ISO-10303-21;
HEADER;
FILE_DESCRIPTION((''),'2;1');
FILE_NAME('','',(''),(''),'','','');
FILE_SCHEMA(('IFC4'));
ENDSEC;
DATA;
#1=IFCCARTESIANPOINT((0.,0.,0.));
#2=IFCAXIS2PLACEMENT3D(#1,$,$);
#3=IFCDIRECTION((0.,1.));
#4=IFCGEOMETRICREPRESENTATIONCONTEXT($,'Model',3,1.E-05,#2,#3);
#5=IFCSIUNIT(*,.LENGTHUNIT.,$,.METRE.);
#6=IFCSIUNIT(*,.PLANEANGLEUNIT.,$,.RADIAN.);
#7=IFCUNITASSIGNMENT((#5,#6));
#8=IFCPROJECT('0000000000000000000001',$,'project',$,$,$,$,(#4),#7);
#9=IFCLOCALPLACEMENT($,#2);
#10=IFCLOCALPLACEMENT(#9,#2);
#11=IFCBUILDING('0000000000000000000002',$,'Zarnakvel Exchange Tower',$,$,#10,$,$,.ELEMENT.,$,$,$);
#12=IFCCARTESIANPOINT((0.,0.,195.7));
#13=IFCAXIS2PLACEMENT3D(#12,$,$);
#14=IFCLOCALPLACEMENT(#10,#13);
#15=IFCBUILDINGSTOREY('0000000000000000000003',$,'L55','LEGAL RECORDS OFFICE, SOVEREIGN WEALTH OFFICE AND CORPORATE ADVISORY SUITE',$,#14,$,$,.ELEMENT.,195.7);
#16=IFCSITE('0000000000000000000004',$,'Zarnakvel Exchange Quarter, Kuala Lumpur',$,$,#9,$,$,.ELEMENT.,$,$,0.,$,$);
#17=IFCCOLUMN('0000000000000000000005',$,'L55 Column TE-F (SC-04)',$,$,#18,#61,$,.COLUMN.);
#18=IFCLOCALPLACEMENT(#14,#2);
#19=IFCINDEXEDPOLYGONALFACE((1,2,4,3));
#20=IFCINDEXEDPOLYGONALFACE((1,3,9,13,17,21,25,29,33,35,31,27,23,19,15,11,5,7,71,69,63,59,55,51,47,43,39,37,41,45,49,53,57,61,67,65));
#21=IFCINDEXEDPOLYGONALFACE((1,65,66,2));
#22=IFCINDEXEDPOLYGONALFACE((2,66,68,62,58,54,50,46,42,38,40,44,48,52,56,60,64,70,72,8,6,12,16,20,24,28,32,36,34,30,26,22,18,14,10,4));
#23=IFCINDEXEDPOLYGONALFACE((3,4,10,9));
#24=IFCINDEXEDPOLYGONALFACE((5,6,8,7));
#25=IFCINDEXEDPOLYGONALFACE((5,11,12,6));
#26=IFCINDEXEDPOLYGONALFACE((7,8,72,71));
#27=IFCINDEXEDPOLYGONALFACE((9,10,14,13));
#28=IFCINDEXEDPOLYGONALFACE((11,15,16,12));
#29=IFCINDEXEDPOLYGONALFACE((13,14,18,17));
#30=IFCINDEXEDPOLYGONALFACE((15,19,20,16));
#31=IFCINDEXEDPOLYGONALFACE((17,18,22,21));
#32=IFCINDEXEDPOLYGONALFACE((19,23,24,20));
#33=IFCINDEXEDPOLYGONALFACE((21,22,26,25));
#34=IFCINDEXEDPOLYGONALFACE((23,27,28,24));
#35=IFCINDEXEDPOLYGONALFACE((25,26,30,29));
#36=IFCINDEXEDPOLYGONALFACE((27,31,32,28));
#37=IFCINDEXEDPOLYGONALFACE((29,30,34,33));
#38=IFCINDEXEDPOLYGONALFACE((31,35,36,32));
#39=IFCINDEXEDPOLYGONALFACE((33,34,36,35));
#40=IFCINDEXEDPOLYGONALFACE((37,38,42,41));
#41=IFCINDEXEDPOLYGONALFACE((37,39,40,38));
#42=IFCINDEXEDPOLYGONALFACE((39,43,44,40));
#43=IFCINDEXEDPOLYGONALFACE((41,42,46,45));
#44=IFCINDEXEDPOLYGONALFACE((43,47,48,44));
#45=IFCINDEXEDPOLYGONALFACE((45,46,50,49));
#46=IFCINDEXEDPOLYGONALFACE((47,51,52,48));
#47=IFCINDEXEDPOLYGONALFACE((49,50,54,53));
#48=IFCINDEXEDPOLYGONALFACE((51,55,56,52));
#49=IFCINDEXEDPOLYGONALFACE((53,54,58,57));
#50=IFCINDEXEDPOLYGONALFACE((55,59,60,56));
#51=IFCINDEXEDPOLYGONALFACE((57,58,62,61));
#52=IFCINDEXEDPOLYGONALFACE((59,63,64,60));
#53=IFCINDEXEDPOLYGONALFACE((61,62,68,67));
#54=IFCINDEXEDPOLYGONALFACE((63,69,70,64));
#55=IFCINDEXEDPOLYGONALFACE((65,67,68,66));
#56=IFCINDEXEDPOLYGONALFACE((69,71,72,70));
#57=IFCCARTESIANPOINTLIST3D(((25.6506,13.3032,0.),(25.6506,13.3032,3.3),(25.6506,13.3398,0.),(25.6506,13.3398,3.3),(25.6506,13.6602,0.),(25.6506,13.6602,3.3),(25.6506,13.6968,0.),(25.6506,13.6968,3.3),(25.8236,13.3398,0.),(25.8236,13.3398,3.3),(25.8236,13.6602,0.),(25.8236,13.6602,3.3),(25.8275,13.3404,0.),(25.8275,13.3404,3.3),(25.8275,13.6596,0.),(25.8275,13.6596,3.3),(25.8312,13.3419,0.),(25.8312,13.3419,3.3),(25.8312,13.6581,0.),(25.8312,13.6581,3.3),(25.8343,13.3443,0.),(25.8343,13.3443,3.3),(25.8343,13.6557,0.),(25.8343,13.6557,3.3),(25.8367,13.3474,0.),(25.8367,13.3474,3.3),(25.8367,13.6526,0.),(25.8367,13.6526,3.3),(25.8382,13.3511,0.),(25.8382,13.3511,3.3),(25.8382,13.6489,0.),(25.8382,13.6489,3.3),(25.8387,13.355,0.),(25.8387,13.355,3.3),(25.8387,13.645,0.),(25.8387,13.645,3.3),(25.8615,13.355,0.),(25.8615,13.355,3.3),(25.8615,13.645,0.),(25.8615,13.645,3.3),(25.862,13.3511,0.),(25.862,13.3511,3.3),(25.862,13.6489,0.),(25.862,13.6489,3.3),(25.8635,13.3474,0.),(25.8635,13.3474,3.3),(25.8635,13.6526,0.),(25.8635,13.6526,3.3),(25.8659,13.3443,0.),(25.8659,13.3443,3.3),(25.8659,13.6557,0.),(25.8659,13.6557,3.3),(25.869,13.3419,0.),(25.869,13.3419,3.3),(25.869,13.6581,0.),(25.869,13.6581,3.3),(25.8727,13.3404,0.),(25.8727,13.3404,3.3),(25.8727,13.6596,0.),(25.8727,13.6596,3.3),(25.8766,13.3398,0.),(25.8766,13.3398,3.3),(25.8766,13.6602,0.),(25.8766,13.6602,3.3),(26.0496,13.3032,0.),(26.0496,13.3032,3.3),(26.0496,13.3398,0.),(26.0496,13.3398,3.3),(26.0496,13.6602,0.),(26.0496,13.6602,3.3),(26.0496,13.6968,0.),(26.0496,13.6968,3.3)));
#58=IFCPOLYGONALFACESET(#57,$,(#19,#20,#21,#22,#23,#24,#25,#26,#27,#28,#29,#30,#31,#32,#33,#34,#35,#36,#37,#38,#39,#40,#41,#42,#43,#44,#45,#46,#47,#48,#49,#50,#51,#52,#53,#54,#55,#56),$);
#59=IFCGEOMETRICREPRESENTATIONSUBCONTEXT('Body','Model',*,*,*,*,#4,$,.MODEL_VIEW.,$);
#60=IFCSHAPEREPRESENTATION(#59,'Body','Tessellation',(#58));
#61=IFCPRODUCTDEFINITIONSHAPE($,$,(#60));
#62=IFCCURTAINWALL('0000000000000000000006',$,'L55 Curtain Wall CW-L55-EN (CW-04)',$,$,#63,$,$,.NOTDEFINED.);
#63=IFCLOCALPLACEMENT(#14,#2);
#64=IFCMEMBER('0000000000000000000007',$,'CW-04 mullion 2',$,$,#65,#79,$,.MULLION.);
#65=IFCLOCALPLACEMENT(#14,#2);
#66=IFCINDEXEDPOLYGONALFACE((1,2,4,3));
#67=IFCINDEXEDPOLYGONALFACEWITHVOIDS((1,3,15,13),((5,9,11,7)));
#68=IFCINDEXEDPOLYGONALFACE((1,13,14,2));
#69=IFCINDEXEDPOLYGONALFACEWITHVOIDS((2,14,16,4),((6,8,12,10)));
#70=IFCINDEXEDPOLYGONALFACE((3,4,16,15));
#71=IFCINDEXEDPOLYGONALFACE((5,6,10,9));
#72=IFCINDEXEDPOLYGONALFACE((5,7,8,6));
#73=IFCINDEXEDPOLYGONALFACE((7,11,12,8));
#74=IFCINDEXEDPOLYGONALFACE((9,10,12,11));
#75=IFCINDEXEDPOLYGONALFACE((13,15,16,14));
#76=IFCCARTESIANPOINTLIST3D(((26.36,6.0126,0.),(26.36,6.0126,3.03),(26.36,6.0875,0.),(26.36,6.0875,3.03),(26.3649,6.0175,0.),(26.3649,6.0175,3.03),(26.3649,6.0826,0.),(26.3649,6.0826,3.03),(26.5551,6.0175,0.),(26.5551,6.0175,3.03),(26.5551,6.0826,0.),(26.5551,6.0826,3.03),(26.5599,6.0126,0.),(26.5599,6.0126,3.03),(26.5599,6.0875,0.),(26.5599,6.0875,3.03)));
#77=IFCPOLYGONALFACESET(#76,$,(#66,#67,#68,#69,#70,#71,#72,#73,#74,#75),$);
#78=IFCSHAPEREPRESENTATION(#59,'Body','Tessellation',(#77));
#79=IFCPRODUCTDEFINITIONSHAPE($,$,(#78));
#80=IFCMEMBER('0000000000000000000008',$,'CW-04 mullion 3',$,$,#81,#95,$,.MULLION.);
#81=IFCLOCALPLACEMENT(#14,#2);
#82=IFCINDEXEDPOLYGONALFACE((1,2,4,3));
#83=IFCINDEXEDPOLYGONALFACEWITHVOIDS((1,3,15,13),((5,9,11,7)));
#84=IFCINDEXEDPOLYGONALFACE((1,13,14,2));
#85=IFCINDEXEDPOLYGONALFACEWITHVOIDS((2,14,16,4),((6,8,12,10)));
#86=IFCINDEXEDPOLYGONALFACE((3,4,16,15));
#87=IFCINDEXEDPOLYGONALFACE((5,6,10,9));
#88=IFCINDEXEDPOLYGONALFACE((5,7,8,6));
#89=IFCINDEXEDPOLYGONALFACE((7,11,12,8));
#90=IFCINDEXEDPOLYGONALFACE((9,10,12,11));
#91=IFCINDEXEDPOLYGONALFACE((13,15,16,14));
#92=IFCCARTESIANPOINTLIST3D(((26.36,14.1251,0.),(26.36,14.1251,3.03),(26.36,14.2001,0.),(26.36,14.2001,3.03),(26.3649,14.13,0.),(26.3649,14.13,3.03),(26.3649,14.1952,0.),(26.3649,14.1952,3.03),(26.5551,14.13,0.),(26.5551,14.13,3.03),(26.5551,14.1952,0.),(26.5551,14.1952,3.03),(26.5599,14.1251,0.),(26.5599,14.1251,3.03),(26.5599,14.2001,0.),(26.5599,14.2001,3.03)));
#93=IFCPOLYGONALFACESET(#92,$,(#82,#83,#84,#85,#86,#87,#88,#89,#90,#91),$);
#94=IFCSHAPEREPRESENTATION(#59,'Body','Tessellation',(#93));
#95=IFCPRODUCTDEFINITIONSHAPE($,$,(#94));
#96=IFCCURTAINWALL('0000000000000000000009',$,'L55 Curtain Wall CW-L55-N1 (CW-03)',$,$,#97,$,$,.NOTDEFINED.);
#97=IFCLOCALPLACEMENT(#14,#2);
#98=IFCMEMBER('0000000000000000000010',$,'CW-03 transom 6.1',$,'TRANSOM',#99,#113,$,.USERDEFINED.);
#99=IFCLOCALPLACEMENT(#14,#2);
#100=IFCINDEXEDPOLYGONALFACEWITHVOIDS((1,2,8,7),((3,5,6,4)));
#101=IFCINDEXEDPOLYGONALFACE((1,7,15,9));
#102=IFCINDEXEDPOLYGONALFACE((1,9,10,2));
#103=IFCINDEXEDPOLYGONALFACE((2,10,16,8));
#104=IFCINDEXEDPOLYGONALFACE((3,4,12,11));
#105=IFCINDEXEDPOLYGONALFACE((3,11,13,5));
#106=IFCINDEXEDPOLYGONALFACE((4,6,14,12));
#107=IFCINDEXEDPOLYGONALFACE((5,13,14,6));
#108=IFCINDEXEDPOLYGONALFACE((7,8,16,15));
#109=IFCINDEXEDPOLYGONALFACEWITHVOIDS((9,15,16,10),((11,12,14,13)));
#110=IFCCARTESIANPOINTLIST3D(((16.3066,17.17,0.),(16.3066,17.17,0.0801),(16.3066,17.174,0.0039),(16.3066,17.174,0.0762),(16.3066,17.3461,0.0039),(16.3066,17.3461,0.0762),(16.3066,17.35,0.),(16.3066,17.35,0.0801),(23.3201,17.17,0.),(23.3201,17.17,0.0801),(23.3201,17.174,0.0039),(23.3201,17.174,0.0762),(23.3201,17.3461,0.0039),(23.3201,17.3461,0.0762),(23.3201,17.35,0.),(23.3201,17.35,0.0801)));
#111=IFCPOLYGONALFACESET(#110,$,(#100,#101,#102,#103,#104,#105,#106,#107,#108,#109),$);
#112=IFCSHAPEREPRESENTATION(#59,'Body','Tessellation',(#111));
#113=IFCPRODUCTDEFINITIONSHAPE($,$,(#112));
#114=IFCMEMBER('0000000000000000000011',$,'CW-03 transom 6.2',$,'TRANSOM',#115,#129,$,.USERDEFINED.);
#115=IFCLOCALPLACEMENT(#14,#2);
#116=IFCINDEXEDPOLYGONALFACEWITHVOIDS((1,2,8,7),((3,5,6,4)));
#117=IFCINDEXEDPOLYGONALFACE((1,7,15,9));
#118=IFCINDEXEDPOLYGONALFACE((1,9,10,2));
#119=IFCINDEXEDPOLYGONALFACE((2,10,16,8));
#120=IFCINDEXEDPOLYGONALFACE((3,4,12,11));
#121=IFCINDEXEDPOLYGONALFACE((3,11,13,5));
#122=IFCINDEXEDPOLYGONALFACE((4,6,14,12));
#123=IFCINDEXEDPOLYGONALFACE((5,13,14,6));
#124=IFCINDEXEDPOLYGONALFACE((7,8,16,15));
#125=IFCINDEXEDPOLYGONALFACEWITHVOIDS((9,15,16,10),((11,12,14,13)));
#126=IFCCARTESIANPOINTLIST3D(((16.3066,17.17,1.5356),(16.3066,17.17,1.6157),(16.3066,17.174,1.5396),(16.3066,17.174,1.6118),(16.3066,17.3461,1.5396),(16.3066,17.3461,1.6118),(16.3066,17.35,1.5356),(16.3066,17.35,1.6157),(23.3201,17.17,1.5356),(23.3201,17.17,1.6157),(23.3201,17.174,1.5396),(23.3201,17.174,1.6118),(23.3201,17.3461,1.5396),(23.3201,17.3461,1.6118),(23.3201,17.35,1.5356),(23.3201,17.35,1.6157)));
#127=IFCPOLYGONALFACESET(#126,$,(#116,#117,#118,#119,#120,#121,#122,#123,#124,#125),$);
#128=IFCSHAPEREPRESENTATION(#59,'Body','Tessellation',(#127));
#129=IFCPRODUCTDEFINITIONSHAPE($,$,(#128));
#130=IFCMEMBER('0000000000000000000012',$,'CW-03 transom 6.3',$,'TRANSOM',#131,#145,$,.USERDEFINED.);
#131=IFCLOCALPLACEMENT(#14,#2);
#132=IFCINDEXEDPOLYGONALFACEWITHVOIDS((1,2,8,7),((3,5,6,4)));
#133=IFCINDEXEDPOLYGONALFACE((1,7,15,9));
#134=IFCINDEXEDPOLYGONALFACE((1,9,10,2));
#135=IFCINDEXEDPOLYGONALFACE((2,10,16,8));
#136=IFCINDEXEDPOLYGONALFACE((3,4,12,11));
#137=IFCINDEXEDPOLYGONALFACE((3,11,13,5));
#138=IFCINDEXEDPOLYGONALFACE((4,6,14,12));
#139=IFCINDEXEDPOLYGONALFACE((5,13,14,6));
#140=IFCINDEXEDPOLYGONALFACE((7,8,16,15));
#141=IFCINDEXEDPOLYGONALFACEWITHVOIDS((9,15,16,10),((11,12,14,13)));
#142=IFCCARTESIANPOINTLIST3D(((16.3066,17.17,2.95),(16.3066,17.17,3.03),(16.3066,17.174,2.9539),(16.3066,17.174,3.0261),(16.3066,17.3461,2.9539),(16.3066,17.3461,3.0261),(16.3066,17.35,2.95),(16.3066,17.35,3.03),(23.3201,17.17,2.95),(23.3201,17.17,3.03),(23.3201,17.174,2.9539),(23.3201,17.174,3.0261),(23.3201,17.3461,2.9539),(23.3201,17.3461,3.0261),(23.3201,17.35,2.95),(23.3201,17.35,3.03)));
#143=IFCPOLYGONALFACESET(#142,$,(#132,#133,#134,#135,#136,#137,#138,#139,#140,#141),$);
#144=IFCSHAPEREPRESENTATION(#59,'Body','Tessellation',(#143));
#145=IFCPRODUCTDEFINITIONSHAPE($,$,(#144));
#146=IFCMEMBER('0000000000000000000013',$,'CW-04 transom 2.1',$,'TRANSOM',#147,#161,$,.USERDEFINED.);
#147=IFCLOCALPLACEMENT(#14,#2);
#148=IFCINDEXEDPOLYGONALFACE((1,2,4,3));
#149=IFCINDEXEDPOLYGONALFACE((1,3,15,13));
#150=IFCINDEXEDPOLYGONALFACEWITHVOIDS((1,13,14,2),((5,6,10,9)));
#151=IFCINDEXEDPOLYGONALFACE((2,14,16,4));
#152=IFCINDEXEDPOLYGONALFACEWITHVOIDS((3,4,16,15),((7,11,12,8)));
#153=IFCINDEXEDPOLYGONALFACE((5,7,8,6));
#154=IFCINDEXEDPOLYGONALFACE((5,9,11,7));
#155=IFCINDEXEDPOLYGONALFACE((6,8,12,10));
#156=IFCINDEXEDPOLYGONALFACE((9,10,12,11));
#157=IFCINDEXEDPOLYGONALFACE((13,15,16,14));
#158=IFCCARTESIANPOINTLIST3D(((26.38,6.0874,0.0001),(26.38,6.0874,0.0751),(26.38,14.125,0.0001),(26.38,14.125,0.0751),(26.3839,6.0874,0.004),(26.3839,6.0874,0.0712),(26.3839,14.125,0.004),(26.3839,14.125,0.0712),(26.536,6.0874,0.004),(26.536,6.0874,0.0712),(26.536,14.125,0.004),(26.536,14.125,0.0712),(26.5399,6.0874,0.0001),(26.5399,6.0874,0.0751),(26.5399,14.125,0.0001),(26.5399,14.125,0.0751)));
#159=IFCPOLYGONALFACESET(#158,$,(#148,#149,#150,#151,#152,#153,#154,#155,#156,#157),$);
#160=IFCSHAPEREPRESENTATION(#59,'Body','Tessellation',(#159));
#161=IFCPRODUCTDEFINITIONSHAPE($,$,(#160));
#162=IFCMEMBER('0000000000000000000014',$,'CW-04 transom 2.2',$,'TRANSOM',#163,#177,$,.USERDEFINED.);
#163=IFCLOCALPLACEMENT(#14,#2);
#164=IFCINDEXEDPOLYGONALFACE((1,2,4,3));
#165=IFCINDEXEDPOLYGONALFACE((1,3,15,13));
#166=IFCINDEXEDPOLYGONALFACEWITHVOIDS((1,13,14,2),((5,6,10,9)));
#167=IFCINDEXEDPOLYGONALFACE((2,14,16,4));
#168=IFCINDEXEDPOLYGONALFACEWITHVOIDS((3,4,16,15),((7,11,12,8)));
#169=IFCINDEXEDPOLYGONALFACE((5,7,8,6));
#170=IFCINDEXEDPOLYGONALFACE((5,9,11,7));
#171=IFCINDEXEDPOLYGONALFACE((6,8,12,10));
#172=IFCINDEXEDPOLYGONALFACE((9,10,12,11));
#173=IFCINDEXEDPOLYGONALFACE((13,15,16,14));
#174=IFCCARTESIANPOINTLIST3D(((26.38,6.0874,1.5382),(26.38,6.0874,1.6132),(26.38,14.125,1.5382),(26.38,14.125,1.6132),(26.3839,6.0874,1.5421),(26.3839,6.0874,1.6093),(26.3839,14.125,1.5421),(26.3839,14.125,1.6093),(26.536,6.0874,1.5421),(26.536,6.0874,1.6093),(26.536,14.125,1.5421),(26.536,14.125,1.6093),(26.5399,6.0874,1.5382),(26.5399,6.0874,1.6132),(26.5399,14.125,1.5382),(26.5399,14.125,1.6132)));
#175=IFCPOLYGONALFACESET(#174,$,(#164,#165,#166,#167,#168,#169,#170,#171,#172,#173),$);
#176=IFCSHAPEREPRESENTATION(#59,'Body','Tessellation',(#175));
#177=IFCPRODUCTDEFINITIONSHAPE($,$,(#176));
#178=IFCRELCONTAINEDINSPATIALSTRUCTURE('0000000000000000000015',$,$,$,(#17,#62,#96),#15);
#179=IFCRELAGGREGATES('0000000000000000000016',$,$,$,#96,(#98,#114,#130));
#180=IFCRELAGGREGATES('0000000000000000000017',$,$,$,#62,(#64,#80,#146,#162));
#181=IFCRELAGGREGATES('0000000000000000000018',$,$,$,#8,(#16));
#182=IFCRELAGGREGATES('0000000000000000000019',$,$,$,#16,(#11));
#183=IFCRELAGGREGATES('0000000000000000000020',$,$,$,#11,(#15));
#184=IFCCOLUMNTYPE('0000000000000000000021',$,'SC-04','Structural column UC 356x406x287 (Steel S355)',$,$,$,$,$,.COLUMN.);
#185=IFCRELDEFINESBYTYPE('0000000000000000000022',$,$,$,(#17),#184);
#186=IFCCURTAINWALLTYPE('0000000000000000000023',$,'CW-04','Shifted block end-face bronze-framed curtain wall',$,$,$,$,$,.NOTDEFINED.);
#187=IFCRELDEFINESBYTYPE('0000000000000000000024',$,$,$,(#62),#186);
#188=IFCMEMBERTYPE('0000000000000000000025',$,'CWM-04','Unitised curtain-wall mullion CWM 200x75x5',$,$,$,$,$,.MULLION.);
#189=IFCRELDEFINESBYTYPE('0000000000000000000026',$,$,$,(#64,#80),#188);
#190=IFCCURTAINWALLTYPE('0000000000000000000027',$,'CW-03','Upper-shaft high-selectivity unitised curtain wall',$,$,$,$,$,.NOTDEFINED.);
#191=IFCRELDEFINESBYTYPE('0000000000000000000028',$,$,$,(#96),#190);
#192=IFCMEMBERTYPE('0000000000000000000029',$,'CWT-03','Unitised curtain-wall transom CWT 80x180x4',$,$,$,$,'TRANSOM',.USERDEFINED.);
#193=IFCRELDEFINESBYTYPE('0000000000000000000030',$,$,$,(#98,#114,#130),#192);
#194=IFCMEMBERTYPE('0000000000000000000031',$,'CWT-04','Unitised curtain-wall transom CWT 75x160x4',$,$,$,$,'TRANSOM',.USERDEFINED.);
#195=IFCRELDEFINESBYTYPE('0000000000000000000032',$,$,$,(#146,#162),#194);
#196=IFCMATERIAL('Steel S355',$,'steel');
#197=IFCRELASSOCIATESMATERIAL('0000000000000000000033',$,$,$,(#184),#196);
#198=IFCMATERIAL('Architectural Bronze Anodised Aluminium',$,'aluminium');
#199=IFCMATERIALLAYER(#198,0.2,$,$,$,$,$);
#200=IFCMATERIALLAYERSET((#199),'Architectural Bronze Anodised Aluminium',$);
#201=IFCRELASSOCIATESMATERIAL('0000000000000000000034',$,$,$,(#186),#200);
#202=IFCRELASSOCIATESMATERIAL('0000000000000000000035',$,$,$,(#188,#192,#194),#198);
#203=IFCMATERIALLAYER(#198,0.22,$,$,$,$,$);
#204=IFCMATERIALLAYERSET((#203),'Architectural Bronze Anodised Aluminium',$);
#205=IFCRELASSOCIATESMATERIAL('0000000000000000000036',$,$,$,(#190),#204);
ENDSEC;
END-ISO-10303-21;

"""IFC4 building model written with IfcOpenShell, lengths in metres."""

from ifc_helpers import new_model, si_unit, direction, frame, origin, origin_2d, place, context, subcontext, project, spatial, hollow_rectangle, i_section, extrude, source, transform, mapped, material, layer, layer_set, material_profile, profile_set, type_object, element, aggregate, save


model = new_model("IFC4")

# Units and contexts
model_context = context("Model", 3, precision=1e-05, world=origin(), true_north=direction((0.0, 1.0)))
body_context = subcontext(model_context, "Body", "Model", "MODEL_VIEW")
ifc_project = project(units=[si_unit("LENGTHUNIT", "METRE"), si_unit("PLANEANGLEUNIT", "RADIAN")], contexts=[model_context])

# Site, building, storey
site_placement = place(None, origin())
site = spatial("IfcSite", under=ifc_project, at=site_placement, Name="Zarnakvel Exchange Quarter, Kuala Lumpur", CompositionType="ELEMENT", RefElevation=0.0)
building_placement = place(site_placement, origin())
building = spatial("IfcBuilding", under=site, at=building_placement, Name="Zarnakvel Exchange Tower", CompositionType="ELEMENT")
storey_placement = place(building_placement, frame((0.0, 0.0, 195.7)))
storey = spatial("IfcBuildingStorey", under=building, at=storey_placement, Name="L55", Description="LEGAL RECORDS OFFICE, SOVEREIGN WEALTH OFFICE AND CORPORATE ADVISORY SUITE", CompositionType="ELEMENT", Elevation=195.7)

# Column
ifc_material_1 = material(Name="Steel S355", Category="steel")
ifc_material_profile_1 = material_profile(ifc_material_1, i_section(OverallWidth=0.3989, OverallDepth=0.3936, WebThickness=0.0227, FlangeThickness=0.0366, FilletRadius=0.0151, at=origin_2d()))
ifc_profile_set_1 = profile_set([ifc_material_profile_1], Name="Steel S355")
column_type = type_object("IfcColumnType", Name="SC-04", Description="Structural column UC 356x406x287 (Steel S355)", PredefinedType="COLUMN", material=ifc_profile_set_1)
column_placement = place(storey_placement, frame((25.8501, 13.5, 0.0), z_axis=(0.0, 0.0, 1.0), x_axis=(1.0, 0.0, 0.0)))
element("IfcColumn", 1, at=column_placement, inside=storey, type_object=column_type, Name="L55 Column TE-F (SC-04)", PredefinedType="COLUMN", context=body_context, shape_type="SweptSolid", body=[
    extrude(i_section(OverallWidth=0.3989, OverallDepth=0.3936, WebThickness=0.0227, FlangeThickness=0.0366, FilletRadius=0.0151, at=origin_2d()), origin(), (0.0, 0.0, 1.0), 3.3),
])

# Curtain walls, members
ifc_material_2 = material(Name="Architectural Bronze Anodised Aluminium", Category="aluminium")
ifc_layer_1 = layer(ifc_material_2, 0.2)
ifc_layer_set_1 = layer_set([ifc_layer_1], Name="Architectural Bronze Anodised Aluminium")
curtain_wall_type_1 = type_object("IfcCurtainWallType", Name="CW-04", Description="Shifted block end-face bronze-framed curtain wall", PredefinedType="NOTDEFINED", material=ifc_layer_set_1)
curtain_wall_1_placement = place(storey_placement, origin())
curtain_wall_1 = element("IfcCurtainWall", 2, at=curtain_wall_1_placement, inside=storey, type_object=curtain_wall_type_1, Name="L55 Curtain Wall CW-L55-EN (CW-04)", PredefinedType="NOTDEFINED")
ifc_material_profile_2 = material_profile(ifc_material_2, hollow_rectangle(XDim=0.2, YDim=0.075, WallThickness=0.0049, at=origin_2d()))
ifc_profile_set_2 = profile_set([ifc_material_profile_2], Name="Architectural Bronze Anodised Aluminium")
member_type_1 = type_object("IfcMemberType", Name="CWM-04", Description="Unitised curtain-wall mullion CWM 200x75x5", PredefinedType="MULLION", material=ifc_profile_set_2)
shared_shape_1 = source(origin(), body_context, "Body", "SweptSolid", [
    extrude(hollow_rectangle(XDim=0.2, YDim=0.075, WallThickness=0.0049, at=origin_2d()), origin(), (0.0, 0.0, 1.0), 3.03),
])
member_1_placement = place(storey_placement, frame((26.46, 6.05, 0.0), z_axis=(0.0, 0.0, 1.0), x_axis=(-1.0, 0.0, 0.0)))
member_1 = element("IfcMember", 3, at=member_1_placement, type_object=member_type_1, Name="CW-04 mullion 2", PredefinedType="MULLION", context=body_context, shape_type="MappedRepresentation", body=[
    mapped(shared_shape_1, transform((0.0, 0.0, 0.0), x_axis=(1.0, 0.0, 0.0), y_axis=(0.0, 1.0, 0.0), z_axis=(0.0, 0.0, 1.0), scale=1.0)),
])
member_2_placement = place(storey_placement, frame((26.46, 14.1626, 0.0), z_axis=(0.0, 0.0, 1.0), x_axis=(-1.0, 0.0, 0.0)))
member_2 = element("IfcMember", 4, at=member_2_placement, type_object=member_type_1, Name="CW-04 mullion 3", PredefinedType="MULLION", context=body_context, shape_type="MappedRepresentation", body=[
    mapped(shared_shape_1, transform((0.0, 0.0, 0.0), x_axis=(1.0, 0.0, 0.0), y_axis=(0.0, 1.0, 0.0), z_axis=(0.0, 0.0, 1.0), scale=1.0)),
])
ifc_layer_2 = layer(ifc_material_2, 0.22)
ifc_layer_set_2 = layer_set([ifc_layer_2], Name="Architectural Bronze Anodised Aluminium")
curtain_wall_type_2 = type_object("IfcCurtainWallType", Name="CW-03", Description="Upper-shaft high-selectivity unitised curtain wall", PredefinedType="NOTDEFINED", material=ifc_layer_set_2)
curtain_wall_2_placement = place(storey_placement, origin())
curtain_wall_2 = element("IfcCurtainWall", 5, at=curtain_wall_2_placement, inside=storey, type_object=curtain_wall_type_2, Name="L55 Curtain Wall CW-L55-N1 (CW-03)", PredefinedType="NOTDEFINED")
ifc_material_profile_3 = material_profile(ifc_material_2, hollow_rectangle(XDim=0.1799, YDim=0.0801, WallThickness=0.0039, at=origin_2d()))
ifc_profile_set_3 = profile_set([ifc_material_profile_3], Name="Architectural Bronze Anodised Aluminium")
member_type_2 = type_object("IfcMemberType", Name="CWT-03", Description="Unitised curtain-wall transom CWT 80x180x4", ElementType="TRANSOM", PredefinedType="USERDEFINED", material=ifc_profile_set_3)
shared_shape_2 = source(origin(), body_context, "Body", "SweptSolid", [
    extrude(hollow_rectangle(XDim=0.1799, YDim=0.0801, WallThickness=0.0039, at=origin_2d()), origin(), (0.0, 0.0, 1.0), 7.0134),
])
member_3_placement = place(storey_placement, frame((16.3066, 17.26, 0.04), z_axis=(1.0, 0.0, 0.0), x_axis=(0.0, 1.0, 0.0)))
member_3 = element("IfcMember", 6, at=member_3_placement, type_object=member_type_2, Name="CW-03 transom 6.1", ObjectType="TRANSOM", PredefinedType="USERDEFINED", context=body_context, shape_type="MappedRepresentation", body=[
    mapped(shared_shape_2, transform((0.0, 0.0, 0.0), x_axis=(1.0, 0.0, 0.0), y_axis=(0.0, 1.0, 0.0), z_axis=(0.0, 0.0, 1.0), scale=1.0)),
])
member_4_placement = place(storey_placement, frame((16.3066, 17.26, 1.5757), z_axis=(1.0, 0.0, 0.0), x_axis=(0.0, 1.0, 0.0)))
member_4 = element("IfcMember", 7, at=member_4_placement, type_object=member_type_2, Name="CW-03 transom 6.2", ObjectType="TRANSOM", PredefinedType="USERDEFINED", context=body_context, shape_type="MappedRepresentation", body=[
    mapped(shared_shape_2, transform((0.0, 0.0, 0.0), x_axis=(1.0, 0.0, 0.0), y_axis=(0.0, 1.0, 0.0), z_axis=(0.0, 0.0, 1.0), scale=1.0)),
])
member_5_placement = place(storey_placement, frame((16.3066, 17.26, 2.99), z_axis=(1.0, 0.0, 0.0), x_axis=(0.0, 1.0, 0.0)))
member_5 = element("IfcMember", 8, at=member_5_placement, type_object=member_type_2, Name="CW-03 transom 6.3", ObjectType="TRANSOM", PredefinedType="USERDEFINED", context=body_context, shape_type="MappedRepresentation", body=[
    mapped(shared_shape_2, transform((0.0, 0.0, 0.0), x_axis=(1.0, 0.0, 0.0), y_axis=(0.0, 1.0, 0.0), z_axis=(0.0, 0.0, 1.0), scale=1.0)),
])

# Members
ifc_material_profile_4 = material_profile(ifc_material_2, hollow_rectangle(XDim=0.1599, YDim=0.075, WallThickness=0.0039, at=origin_2d()))
ifc_profile_set_4 = profile_set([ifc_material_profile_4], Name="Architectural Bronze Anodised Aluminium")
member_type_3 = type_object("IfcMemberType", Name="CWT-04", Description="Unitised curtain-wall transom CWT 75x160x4", ElementType="TRANSOM", PredefinedType="USERDEFINED", material=ifc_profile_set_4)
shared_shape_3 = source(origin(), body_context, "Body", "SweptSolid", [
    extrude(hollow_rectangle(XDim=0.1599, YDim=0.075, WallThickness=0.0039, at=origin_2d()), origin(), (0.0, 0.0, 1.0), 8.0376),
])
member_6_placement = place(storey_placement, frame((26.46, 6.0874, 0.0376), z_axis=(0.0, 1.0, 0.0), x_axis=(-1.0, 0.0, 0.0)))
member_6 = element("IfcMember", 9, at=member_6_placement, type_object=member_type_3, Name="CW-04 transom 2.1", ObjectType="TRANSOM", PredefinedType="USERDEFINED", context=body_context, shape_type="MappedRepresentation", body=[
    mapped(shared_shape_3, transform((0.0, 0.0, 0.0), x_axis=(1.0, 0.0, 0.0), y_axis=(0.0, 1.0, 0.0), z_axis=(0.0, 0.0, 1.0), scale=1.0)),
])
member_7_placement = place(storey_placement, frame((26.46, 6.0874, 1.5757), z_axis=(0.0, 1.0, 0.0), x_axis=(-1.0, 0.0, 0.0)))
member_7 = element("IfcMember", 10, at=member_7_placement, type_object=member_type_3, Name="CW-04 transom 2.2", ObjectType="TRANSOM", PredefinedType="USERDEFINED", context=body_context, shape_type="MappedRepresentation", body=[
    mapped(shared_shape_3, transform((0.0, 0.0, 0.0), x_axis=(1.0, 0.0, 0.0), y_axis=(0.0, 1.0, 0.0), z_axis=(0.0, 0.0, 1.0), scale=1.0)),
])

aggregate(curtain_wall_2, [member_3, member_4, member_5])
aggregate(curtain_wall_1, [member_1, member_2, member_6, member_7])

save(model, "model.ifc")
